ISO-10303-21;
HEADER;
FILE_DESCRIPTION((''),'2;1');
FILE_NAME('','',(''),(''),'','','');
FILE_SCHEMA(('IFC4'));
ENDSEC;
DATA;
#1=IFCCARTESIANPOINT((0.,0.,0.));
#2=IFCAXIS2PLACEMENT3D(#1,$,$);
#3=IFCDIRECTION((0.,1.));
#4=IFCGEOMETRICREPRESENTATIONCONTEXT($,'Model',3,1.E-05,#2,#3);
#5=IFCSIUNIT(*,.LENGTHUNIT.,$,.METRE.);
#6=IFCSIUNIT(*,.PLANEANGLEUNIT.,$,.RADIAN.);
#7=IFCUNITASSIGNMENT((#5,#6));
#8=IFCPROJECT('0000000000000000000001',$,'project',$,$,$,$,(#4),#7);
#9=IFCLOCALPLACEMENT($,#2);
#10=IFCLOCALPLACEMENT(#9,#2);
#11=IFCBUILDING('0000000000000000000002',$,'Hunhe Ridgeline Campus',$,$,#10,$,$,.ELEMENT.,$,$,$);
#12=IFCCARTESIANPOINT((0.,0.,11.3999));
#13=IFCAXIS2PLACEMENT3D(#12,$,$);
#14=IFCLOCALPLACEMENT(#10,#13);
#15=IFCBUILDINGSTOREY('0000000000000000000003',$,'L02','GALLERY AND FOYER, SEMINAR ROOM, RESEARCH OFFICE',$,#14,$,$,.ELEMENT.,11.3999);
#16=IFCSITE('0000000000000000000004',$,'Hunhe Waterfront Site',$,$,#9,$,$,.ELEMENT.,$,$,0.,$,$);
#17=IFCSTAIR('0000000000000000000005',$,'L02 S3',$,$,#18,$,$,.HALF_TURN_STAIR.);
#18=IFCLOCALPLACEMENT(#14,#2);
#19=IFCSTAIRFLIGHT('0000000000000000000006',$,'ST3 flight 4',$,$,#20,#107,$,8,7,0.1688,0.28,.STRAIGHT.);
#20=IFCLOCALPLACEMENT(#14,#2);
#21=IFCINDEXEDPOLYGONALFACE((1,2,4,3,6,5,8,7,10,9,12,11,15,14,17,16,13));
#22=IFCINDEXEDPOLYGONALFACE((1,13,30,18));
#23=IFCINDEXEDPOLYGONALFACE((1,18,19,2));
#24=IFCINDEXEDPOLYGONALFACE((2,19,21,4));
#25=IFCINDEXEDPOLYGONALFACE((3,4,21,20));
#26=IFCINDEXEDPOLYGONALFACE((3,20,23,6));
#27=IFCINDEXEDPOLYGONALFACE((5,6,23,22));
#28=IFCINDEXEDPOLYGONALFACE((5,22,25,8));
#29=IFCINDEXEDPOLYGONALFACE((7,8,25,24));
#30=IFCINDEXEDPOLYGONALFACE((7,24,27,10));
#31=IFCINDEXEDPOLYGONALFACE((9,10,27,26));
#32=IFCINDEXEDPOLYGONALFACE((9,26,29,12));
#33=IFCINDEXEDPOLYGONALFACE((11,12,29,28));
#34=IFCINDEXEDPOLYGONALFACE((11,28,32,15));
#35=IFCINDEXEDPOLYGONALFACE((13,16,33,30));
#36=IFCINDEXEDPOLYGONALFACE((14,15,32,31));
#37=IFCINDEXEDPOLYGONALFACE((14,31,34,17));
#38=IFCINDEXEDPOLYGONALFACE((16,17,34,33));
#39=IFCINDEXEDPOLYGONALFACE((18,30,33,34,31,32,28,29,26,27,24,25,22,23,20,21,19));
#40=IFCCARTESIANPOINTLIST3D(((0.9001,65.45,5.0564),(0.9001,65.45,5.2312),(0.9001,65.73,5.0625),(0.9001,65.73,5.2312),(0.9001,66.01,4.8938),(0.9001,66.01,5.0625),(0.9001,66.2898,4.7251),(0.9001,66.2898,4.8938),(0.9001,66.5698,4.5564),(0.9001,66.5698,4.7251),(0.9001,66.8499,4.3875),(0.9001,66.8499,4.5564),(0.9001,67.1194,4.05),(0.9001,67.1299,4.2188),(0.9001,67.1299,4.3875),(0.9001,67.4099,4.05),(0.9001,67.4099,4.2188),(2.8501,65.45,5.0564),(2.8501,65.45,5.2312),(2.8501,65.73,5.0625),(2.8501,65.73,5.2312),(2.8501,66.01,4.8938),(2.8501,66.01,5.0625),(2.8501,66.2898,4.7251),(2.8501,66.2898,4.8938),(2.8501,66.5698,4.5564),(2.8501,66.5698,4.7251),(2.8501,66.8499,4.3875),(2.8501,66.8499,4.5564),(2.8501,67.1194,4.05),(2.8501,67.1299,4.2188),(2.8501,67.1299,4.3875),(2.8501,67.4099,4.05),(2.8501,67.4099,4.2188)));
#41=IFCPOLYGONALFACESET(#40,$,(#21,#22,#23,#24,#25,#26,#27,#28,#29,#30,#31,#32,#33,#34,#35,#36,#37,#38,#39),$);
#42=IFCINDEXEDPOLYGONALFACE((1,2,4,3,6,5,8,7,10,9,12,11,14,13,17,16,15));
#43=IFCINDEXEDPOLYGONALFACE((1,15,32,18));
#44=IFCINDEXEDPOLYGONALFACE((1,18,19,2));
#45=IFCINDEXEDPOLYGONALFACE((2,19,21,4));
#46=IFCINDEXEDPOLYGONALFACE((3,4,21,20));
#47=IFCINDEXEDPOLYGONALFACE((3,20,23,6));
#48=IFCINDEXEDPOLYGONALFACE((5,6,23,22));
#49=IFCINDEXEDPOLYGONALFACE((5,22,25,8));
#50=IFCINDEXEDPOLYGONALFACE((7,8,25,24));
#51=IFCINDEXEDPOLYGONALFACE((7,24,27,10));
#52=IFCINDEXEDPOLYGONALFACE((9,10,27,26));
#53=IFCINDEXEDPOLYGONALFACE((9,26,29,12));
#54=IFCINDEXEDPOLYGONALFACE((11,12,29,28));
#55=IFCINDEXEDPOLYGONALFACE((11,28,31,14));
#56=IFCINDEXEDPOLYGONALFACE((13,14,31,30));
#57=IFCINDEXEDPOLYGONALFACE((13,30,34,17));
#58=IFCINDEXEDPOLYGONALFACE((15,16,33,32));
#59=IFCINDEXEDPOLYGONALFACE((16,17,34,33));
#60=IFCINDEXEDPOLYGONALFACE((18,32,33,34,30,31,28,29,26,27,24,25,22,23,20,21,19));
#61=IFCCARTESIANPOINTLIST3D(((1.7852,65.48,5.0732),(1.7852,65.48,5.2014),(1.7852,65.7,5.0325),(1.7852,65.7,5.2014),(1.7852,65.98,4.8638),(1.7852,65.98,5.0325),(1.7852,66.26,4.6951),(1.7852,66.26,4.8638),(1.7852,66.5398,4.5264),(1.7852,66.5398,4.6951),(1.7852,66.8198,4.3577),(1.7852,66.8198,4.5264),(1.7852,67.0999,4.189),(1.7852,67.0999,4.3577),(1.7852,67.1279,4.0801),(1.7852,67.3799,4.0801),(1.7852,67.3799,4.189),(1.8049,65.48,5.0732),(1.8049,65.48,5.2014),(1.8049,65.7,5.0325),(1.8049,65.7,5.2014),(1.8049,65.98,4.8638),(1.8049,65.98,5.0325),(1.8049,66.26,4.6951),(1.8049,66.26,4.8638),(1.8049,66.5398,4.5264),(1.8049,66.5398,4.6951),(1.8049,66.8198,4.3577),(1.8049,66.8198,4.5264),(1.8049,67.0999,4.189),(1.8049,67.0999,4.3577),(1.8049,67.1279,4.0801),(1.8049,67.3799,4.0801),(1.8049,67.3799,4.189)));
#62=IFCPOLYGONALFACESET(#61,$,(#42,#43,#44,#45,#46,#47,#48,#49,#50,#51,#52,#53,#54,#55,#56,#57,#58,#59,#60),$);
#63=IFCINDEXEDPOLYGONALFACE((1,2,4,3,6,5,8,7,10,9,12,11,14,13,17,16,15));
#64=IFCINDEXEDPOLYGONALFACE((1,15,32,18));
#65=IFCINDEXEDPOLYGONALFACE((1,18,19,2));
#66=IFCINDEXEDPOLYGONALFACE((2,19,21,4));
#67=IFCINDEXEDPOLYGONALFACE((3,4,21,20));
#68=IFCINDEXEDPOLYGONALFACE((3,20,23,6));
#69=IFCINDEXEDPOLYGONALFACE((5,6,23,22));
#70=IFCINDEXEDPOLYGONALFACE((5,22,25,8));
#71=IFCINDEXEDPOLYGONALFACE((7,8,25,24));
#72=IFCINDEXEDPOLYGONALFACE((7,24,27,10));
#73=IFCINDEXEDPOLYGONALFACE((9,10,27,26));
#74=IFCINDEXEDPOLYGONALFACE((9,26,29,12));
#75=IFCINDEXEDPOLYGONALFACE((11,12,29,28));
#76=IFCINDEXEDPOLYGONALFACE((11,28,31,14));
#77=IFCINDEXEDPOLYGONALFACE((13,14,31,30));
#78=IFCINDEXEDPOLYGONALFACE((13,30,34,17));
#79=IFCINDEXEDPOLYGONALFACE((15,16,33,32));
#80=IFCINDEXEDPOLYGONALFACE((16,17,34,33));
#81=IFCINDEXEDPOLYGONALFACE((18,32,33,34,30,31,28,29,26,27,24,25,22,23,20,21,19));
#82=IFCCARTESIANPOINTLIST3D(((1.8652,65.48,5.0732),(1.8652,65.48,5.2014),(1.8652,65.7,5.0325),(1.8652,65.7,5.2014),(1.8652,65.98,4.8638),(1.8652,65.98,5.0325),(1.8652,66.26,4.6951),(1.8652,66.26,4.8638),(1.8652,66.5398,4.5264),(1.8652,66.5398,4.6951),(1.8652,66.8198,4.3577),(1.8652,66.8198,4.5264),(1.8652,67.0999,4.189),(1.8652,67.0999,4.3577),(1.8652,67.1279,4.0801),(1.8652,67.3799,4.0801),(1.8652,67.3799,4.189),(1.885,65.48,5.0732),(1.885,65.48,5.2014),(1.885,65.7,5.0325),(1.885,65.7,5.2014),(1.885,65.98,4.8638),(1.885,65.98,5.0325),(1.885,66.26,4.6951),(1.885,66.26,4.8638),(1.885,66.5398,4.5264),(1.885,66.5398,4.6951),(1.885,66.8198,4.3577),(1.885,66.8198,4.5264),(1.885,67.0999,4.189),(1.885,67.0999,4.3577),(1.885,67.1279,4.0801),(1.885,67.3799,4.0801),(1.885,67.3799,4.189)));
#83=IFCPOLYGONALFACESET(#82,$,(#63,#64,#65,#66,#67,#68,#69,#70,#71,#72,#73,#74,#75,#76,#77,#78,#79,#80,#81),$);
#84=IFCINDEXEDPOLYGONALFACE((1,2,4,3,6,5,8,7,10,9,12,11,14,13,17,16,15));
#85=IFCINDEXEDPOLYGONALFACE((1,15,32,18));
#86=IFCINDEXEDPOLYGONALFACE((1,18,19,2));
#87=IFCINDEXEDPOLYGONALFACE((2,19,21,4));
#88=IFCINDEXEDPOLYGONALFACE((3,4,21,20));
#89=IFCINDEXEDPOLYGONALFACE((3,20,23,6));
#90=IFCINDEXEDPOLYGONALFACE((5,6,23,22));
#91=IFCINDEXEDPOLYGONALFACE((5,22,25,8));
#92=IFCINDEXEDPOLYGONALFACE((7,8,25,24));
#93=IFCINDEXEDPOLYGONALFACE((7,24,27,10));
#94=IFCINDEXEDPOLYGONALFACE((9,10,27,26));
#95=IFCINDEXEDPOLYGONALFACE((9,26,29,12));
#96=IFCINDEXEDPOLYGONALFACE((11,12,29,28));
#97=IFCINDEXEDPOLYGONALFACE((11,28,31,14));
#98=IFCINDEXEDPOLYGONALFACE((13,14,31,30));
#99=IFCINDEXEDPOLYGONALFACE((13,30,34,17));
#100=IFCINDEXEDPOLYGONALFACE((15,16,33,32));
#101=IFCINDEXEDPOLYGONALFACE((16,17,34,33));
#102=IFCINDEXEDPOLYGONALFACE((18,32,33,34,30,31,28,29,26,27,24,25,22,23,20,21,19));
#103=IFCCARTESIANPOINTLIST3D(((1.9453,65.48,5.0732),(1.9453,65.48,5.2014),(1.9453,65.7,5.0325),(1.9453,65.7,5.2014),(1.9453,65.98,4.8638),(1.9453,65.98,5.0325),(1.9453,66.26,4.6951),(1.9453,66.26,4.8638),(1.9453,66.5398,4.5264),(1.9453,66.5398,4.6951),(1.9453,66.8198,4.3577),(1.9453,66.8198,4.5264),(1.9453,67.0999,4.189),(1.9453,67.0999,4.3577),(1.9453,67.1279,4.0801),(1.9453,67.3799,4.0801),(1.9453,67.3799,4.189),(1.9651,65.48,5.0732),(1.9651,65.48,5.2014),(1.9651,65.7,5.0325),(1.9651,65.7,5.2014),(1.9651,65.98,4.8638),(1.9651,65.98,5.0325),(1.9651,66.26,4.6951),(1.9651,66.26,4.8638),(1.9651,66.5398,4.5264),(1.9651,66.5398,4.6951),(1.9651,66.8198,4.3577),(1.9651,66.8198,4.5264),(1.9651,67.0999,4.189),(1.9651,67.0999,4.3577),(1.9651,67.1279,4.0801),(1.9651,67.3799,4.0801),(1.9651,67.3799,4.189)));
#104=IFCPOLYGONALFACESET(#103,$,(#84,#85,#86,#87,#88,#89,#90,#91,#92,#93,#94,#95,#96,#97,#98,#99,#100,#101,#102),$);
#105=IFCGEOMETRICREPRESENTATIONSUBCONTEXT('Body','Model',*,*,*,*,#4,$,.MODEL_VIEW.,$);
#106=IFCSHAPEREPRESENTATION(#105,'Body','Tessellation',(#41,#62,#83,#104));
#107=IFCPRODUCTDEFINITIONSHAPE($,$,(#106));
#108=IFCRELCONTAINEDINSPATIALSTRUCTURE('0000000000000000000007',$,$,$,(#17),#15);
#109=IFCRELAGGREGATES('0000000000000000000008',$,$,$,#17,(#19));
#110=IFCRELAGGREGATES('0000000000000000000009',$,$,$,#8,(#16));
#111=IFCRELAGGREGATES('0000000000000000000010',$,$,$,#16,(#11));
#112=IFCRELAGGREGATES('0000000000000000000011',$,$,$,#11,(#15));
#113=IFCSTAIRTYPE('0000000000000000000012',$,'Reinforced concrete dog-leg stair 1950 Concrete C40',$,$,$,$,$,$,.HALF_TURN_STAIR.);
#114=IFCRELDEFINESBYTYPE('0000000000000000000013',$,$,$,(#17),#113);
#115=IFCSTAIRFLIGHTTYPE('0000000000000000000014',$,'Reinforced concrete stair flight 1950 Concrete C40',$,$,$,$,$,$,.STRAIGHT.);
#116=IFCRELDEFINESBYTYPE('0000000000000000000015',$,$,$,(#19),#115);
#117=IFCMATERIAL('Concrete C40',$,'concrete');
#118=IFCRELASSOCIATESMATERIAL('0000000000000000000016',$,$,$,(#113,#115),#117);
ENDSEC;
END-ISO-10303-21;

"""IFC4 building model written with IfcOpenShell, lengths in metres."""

from ifc_helpers import new_model, si_unit, direction, frame, origin, place, context, subcontext, project, spatial, polyline, outline, extrude, material, type_object, element, aggregate, save


model = new_model("IFC4")

# Units and contexts
model_context = context("Model", 3, precision=1e-05, world=origin(), true_north=direction((0.0, 1.0)))
body_context = subcontext(model_context, "Body", "Model", "MODEL_VIEW")
ifc_project = project(units=[si_unit("LENGTHUNIT", "METRE"), si_unit("PLANEANGLEUNIT", "RADIAN")], contexts=[model_context])

# Site, building, storey
site_placement = place(None, origin())
site = spatial("IfcSite", under=ifc_project, at=site_placement, Name="Hunhe Waterfront Site", CompositionType="ELEMENT", RefElevation=0.0)
building_placement = place(site_placement, origin())
building = spatial("IfcBuilding", under=site, at=building_placement, Name="Hunhe Ridgeline Campus", CompositionType="ELEMENT")
storey_placement = place(building_placement, frame((0.0, 0.0, 11.3999)))
storey = spatial("IfcBuildingStorey", under=building, at=storey_placement, Name="L02", Description="GALLERY AND FOYER, SEMINAR ROOM, RESEARCH OFFICE", CompositionType="ELEMENT", Elevation=11.3999)

# Stair, stair flight
ifc_material_1 = material(Name="Concrete C40", Category="concrete")
stair_type = type_object("IfcStairType", Name="Reinforced concrete dog-leg stair 1950 Concrete C40", PredefinedType="HALF_TURN_STAIR", material=ifc_material_1)
stair_1_placement = place(storey_placement, origin())
stair_1 = element("IfcStair", 1, at=stair_1_placement, inside=storey, type_object=stair_type, Name="L02 S3", PredefinedType="HALF_TURN_STAIR")
stair_flight_type = type_object("IfcStairFlightType", Name="Reinforced concrete stair flight 1950 Concrete C40", PredefinedType="STRAIGHT", material=ifc_material_1)
stair_flight_1_placement = place(storey_placement, frame((1.875, 67.4099, 4.05), z_axis=(0.0, 0.0, 1.0), x_axis=(0.0, -1.0, 0.0)))
stair_flight_1 = element("IfcStairFlight", 2, at=stair_flight_1_placement, type_object=stair_flight_type, Name="ST3 flight 4", NumberOfRisers=8, NumberOfTreads=7, PredefinedType="STRAIGHT", RiserHeight=0.1688, TreadLength=0.28, context=body_context, shape_type="SweptSolid", body=[
    extrude(outline(polyline([(0.0, 0.0), (0.0, 0.1687), (0.28, 0.1687), (0.28, 0.3374), (0.5601, 0.3374), (0.5601, 0.5063), (0.8401, 0.5063), (0.8401, 0.675), (1.1201, 0.675), (1.1201, 0.8438), (1.3999, 0.8438), (1.3999, 1.0125), (1.6799, 1.0125), (1.6799, 1.1812), (1.96, 1.1812), (1.96, 1.3501), (1.96, 1.0063), (0.2905, 0.0), (0.0, 0.0)])), frame((0.0, 0.9751, 0.0), z_axis=(0.0, -1.0, 0.0), x_axis=(1.0, 0.0, 0.0)), (0.0, 0.0, 1.0), 1.95),
    extrude(outline(polyline([(0.03, 0.03), (0.03, 0.1389), (0.3101, 0.1389), (0.3101, 0.3076), (0.5901, 0.3076), (0.5901, 0.4763), (0.8701, 0.4763), (0.8701, 0.645), (1.1499, 0.645), (1.1499, 0.8137), (1.4299, 0.8137), (1.4299, 0.9824), (1.71, 0.9824), (1.71, 1.1514), (1.9299, 1.1514), (1.9299, 1.0232), (0.282, 0.03), (0.03, 0.03)])), frame((0.0, -0.0701, 0.0), z_axis=(0.0, -1.0, 0.0), x_axis=(1.0, 0.0, 0.0)), (0.0, 0.0, 1.0), 0.0198),
    extrude(outline(polyline([(0.03, 0.03), (0.03, 0.1389), (0.3101, 0.1389), (0.3101, 0.3076), (0.5901, 0.3076), (0.5901, 0.4763), (0.8701, 0.4763), (0.8701, 0.645), (1.1499, 0.645), (1.1499, 0.8137), (1.4299, 0.8137), (1.4299, 0.9824), (1.71, 0.9824), (1.71, 1.1514), (1.9299, 1.1514), (1.9299, 1.0232), (0.282, 0.03), (0.03, 0.03)])), frame((0.0, 0.01, 0.0), z_axis=(0.0, -1.0, 0.0), x_axis=(1.0, 0.0, 0.0)), (0.0, 0.0, 1.0), 0.0198),
    extrude(outline(polyline([(0.03, 0.03), (0.03, 0.1389), (0.3101, 0.1389), (0.3101, 0.3076), (0.5901, 0.3076), (0.5901, 0.4763), (0.8701, 0.4763), (0.8701, 0.645), (1.1499, 0.645), (1.1499, 0.8137), (1.4299, 0.8137), (1.4299, 0.9824), (1.71, 0.9824), (1.71, 1.1514), (1.9299, 1.1514), (1.9299, 1.0232), (0.282, 0.03), (0.03, 0.03)])), frame((0.0, 0.0901, 0.0), z_axis=(0.0, -1.0, 0.0), x_axis=(1.0, 0.0, 0.0)), (0.0, 0.0, 1.0), 0.0198),
])
aggregate(stair_1, [stair_flight_1])

save(model, "model.ifc")
